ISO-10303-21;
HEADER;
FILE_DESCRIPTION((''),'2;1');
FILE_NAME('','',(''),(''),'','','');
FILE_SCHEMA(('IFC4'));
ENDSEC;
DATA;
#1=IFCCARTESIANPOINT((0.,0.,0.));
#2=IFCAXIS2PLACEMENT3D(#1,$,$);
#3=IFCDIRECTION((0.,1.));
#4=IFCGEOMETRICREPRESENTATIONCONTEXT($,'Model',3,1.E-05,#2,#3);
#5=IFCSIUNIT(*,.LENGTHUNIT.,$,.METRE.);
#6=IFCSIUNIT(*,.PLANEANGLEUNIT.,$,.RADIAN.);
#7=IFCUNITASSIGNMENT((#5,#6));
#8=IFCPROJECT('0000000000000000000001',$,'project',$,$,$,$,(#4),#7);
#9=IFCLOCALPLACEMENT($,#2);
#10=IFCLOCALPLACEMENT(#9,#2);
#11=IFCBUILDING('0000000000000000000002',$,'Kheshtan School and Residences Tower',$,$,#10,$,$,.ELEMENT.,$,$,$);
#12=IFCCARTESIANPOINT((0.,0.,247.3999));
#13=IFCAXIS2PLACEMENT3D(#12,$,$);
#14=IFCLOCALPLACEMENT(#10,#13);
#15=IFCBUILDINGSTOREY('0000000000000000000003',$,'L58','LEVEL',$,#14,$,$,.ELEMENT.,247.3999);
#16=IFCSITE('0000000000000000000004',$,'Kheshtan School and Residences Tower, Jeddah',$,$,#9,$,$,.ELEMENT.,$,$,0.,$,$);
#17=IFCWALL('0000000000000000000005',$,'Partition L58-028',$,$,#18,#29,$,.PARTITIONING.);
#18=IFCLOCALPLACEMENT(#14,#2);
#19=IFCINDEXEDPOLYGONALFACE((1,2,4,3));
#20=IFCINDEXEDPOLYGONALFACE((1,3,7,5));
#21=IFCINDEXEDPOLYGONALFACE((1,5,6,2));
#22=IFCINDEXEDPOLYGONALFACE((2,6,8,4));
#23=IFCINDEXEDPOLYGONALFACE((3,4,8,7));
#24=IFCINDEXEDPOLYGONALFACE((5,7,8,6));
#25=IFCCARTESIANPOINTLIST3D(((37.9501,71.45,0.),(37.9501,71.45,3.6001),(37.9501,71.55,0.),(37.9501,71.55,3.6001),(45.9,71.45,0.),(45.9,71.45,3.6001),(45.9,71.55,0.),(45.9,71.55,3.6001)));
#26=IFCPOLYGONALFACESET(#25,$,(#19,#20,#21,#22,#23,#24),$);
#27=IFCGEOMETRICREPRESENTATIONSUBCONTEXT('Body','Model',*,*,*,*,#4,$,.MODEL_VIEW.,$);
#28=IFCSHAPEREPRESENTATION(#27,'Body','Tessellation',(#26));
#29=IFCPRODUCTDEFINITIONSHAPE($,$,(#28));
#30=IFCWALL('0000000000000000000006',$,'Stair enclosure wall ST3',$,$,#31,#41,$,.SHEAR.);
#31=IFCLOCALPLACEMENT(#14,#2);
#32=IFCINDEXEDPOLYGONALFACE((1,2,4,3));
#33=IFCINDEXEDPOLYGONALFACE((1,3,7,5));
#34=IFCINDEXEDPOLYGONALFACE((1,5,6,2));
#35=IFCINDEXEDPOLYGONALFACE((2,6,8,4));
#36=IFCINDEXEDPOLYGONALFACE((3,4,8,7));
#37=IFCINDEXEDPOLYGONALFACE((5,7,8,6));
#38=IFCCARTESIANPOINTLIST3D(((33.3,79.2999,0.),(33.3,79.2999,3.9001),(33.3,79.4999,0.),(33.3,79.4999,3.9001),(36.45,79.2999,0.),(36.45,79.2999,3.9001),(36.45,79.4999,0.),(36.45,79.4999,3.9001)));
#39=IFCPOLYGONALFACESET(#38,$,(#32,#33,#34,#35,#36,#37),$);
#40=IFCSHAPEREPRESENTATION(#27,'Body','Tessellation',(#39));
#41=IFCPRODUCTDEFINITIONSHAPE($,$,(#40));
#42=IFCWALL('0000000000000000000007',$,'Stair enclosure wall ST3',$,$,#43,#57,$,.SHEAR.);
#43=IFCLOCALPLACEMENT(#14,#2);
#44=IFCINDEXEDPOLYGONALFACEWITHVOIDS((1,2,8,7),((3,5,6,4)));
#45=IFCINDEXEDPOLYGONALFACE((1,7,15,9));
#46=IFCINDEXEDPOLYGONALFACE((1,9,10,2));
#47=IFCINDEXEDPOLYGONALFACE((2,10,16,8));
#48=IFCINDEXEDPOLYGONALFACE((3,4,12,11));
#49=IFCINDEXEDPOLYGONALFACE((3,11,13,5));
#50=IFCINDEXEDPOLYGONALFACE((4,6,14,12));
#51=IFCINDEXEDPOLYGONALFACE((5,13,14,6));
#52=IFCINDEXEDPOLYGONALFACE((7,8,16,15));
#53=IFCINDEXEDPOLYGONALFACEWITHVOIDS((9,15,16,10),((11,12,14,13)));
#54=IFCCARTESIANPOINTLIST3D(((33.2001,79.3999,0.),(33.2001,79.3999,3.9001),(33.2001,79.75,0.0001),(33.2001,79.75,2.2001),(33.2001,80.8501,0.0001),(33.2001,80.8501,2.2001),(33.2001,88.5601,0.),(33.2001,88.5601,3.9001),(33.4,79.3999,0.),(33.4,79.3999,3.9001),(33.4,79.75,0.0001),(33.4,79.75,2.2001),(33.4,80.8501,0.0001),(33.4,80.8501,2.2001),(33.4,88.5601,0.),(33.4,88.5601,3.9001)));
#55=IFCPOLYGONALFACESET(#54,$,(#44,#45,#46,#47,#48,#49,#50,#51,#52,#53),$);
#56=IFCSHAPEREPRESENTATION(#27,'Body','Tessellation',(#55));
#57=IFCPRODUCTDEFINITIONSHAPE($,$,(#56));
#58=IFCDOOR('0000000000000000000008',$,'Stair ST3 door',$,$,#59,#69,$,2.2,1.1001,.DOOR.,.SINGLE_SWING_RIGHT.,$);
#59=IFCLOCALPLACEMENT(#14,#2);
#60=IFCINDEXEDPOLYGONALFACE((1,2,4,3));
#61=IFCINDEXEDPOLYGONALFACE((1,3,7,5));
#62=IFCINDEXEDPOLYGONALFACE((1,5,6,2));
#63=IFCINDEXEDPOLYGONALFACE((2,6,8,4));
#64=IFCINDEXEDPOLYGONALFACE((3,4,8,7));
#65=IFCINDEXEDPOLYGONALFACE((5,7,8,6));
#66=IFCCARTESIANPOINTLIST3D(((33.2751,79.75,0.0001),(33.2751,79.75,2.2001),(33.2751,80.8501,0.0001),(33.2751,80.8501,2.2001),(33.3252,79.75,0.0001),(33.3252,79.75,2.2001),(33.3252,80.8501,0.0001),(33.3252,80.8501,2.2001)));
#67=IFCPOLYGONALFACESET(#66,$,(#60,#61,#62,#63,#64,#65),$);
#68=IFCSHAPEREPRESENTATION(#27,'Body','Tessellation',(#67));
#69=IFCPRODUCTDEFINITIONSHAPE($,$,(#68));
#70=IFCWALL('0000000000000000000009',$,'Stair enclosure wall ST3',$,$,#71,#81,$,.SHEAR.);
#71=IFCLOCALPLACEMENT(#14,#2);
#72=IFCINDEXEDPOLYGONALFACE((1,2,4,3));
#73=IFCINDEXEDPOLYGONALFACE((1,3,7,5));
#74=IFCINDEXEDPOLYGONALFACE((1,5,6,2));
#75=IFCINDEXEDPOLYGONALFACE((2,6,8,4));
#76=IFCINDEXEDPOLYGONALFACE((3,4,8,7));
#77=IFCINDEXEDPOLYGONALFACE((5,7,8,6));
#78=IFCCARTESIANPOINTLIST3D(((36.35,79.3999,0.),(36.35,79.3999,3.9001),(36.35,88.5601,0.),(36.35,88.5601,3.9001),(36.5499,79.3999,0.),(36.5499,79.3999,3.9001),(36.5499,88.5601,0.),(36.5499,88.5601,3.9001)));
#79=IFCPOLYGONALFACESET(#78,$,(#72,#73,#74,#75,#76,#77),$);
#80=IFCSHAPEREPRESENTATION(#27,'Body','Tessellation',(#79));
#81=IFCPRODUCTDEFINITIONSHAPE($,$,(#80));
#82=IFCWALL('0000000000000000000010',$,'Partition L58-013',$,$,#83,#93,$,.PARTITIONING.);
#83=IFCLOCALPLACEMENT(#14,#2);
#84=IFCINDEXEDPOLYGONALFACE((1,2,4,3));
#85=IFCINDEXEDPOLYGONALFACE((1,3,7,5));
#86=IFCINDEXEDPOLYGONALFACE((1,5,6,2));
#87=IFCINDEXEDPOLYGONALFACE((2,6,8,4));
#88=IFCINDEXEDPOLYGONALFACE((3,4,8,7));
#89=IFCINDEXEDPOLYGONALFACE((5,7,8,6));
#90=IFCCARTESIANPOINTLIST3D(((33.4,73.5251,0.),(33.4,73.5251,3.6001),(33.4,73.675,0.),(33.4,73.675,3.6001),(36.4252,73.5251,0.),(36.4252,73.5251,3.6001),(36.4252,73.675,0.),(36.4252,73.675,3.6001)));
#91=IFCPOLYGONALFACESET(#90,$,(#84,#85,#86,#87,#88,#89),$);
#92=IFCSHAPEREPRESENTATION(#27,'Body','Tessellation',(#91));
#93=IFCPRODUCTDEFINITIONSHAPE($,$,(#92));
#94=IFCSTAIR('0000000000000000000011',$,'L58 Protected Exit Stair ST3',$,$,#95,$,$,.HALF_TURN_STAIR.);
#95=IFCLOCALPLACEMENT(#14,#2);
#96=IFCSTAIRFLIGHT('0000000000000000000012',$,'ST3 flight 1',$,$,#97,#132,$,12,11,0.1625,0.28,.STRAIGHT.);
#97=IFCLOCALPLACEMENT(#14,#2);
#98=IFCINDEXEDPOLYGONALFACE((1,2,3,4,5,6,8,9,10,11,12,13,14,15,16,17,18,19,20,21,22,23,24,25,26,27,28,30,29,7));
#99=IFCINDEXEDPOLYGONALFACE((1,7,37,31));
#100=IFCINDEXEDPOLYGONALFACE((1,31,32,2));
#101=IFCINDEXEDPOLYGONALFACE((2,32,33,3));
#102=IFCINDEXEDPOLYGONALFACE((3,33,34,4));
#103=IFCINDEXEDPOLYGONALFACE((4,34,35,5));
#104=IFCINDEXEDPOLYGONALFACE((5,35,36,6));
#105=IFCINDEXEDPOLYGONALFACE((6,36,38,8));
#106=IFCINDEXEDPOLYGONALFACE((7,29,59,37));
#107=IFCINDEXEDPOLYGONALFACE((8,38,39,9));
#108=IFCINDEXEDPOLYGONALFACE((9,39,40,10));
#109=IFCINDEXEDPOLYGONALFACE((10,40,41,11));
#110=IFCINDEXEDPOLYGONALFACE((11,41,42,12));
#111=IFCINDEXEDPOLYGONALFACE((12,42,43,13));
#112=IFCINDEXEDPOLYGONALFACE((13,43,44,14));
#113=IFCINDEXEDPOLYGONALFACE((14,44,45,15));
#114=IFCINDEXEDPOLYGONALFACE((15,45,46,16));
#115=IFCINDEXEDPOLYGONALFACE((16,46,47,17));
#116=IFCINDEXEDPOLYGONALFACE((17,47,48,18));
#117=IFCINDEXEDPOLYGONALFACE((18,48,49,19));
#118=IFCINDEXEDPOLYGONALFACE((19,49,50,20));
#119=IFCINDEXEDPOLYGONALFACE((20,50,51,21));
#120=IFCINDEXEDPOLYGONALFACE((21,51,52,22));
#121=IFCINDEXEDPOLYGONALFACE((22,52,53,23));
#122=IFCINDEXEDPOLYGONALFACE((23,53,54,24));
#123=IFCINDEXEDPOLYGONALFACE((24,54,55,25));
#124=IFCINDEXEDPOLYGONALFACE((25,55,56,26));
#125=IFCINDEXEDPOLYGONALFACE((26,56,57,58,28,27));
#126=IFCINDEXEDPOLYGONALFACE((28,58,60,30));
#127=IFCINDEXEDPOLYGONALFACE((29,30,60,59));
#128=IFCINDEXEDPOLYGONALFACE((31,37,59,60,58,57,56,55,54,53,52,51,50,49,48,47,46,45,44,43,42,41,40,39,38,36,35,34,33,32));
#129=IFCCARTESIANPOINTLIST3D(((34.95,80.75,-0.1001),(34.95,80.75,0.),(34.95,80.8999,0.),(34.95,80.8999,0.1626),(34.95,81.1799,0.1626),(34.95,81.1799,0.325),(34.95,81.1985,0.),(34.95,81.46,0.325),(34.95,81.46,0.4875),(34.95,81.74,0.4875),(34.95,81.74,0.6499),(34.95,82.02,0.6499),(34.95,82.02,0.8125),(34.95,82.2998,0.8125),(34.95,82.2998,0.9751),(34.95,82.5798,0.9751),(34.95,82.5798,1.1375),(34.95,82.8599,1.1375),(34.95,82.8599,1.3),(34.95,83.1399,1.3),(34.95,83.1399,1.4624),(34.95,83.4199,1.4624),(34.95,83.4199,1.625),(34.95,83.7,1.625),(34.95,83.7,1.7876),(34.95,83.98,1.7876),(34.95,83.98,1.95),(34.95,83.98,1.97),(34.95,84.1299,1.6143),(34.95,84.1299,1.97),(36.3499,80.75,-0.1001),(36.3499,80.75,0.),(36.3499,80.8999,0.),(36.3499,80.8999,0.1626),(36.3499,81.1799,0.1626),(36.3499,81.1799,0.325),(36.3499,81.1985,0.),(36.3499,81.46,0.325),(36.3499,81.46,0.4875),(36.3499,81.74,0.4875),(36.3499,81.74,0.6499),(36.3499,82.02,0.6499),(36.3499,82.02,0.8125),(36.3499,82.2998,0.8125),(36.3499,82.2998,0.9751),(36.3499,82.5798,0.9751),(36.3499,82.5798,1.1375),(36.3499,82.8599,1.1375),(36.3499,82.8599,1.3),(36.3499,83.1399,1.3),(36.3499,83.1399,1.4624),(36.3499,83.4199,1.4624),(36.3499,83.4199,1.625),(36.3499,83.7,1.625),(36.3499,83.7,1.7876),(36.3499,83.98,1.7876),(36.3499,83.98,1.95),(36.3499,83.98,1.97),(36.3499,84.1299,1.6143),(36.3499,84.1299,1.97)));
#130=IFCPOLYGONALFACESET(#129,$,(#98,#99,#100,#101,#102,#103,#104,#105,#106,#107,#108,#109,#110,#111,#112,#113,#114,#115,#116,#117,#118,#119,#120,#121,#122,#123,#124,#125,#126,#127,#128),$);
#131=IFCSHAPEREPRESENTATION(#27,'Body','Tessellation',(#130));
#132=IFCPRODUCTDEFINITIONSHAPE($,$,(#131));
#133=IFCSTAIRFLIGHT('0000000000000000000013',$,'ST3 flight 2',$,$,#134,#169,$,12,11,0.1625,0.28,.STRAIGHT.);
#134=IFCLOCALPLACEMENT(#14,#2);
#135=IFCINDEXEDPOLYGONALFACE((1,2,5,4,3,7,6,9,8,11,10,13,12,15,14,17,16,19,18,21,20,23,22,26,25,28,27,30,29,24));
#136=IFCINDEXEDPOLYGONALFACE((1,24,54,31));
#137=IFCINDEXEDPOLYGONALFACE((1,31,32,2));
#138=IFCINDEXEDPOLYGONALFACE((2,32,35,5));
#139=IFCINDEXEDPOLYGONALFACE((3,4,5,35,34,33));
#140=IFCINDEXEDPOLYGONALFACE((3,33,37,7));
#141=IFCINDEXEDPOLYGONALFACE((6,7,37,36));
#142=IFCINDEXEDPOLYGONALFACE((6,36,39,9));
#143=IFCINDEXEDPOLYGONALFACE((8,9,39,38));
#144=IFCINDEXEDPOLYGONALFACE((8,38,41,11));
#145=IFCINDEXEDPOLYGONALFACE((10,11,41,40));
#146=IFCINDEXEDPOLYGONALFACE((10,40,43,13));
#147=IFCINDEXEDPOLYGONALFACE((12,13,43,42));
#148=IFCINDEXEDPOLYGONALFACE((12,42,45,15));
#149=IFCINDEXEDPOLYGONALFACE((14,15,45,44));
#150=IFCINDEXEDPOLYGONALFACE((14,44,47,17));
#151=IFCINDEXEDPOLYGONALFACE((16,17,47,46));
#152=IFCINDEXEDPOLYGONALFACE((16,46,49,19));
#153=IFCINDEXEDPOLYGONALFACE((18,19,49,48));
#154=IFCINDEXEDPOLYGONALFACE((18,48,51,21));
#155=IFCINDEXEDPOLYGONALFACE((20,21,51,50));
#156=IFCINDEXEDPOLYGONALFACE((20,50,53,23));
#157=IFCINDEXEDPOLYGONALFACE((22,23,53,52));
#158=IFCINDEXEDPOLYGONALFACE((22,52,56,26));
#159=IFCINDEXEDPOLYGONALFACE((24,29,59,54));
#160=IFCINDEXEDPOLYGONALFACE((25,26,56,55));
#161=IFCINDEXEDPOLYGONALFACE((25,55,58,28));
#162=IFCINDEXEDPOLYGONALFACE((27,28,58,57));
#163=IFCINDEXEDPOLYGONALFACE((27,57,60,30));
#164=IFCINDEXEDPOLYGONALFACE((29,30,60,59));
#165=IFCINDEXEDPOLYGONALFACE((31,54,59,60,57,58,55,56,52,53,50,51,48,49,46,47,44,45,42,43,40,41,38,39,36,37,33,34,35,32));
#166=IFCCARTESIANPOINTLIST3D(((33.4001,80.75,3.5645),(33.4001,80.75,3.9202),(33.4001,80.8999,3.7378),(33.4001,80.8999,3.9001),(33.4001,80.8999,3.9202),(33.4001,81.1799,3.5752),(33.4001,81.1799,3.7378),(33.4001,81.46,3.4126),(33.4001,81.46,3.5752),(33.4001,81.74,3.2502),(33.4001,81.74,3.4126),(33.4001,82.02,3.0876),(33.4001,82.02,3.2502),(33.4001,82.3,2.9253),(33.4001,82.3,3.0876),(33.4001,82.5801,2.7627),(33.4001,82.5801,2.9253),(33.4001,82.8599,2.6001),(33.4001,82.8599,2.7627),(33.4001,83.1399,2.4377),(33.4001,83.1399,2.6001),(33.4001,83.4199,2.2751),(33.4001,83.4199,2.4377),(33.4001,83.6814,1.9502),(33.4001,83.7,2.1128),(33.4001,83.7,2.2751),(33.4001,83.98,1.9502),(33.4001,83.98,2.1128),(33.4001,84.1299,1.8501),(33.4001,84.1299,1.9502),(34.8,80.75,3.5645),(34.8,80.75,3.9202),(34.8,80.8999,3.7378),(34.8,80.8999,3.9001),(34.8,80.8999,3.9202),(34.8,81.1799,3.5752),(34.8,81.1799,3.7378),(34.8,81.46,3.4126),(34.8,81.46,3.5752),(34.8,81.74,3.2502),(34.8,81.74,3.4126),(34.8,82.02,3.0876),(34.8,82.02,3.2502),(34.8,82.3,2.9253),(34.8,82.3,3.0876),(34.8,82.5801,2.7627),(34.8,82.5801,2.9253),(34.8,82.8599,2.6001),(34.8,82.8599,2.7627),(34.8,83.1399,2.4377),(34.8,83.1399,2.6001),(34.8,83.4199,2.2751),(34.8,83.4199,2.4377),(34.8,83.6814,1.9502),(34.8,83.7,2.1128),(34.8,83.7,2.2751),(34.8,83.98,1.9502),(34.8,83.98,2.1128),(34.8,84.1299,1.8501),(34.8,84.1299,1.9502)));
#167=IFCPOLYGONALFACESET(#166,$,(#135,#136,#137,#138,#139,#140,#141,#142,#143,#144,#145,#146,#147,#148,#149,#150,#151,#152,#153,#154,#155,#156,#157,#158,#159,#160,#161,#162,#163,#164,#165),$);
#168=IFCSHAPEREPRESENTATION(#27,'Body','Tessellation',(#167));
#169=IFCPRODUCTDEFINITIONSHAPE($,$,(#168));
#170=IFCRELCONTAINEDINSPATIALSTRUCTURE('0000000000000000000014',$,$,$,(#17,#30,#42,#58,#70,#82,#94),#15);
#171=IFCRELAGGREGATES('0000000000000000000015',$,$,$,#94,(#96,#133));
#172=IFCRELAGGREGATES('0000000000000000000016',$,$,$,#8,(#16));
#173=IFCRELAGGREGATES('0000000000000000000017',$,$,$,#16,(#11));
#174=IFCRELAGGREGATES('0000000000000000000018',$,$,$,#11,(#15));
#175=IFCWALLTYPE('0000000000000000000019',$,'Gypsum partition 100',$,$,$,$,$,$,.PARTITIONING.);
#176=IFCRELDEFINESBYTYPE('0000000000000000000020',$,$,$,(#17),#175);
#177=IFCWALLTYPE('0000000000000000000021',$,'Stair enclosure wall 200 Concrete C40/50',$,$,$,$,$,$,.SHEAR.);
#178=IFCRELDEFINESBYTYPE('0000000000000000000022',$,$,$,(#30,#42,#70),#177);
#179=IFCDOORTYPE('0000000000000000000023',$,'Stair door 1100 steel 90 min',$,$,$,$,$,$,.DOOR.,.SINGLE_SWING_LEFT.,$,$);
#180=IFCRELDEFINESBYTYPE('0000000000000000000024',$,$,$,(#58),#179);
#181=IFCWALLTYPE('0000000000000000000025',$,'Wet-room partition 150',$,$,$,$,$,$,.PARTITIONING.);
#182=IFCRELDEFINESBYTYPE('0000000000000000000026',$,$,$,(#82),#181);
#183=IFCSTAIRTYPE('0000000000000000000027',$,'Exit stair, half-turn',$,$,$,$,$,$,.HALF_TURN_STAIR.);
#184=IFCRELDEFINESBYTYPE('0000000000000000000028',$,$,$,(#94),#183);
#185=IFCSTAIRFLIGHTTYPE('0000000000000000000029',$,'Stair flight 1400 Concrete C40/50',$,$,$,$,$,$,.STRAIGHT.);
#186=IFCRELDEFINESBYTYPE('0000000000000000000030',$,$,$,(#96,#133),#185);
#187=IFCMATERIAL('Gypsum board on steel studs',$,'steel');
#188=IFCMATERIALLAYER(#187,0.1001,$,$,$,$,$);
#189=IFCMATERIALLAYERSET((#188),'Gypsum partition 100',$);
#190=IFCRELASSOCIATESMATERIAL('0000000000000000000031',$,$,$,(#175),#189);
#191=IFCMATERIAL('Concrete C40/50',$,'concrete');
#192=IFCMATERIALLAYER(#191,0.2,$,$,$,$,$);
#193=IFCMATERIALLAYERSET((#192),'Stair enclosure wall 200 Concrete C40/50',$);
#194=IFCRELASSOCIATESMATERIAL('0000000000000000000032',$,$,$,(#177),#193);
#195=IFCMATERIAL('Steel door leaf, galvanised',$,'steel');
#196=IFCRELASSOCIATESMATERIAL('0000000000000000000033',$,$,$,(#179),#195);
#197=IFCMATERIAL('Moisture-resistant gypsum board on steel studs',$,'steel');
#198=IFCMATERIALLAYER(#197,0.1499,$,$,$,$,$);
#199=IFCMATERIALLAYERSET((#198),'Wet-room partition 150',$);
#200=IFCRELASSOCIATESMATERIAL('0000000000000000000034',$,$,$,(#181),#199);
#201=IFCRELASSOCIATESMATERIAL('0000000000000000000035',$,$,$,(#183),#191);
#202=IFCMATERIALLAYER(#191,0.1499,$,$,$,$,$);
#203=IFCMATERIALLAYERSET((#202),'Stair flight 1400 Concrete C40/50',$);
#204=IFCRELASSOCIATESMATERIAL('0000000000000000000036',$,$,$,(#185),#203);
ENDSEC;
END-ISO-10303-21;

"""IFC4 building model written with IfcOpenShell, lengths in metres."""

from ifc_helpers import new_model, si_unit, direction, frame, frame_2d, origin, place, context, subcontext, project, spatial, polyline, rectangle, outline, extrude, source, transform, mapped, material, layer, layer_set, type_object, element, fill, aggregate, save


model = new_model("IFC4")

# Units and contexts
model_context = context("Model", 3, precision=1e-05, world=origin(), true_north=direction((0.0, 1.0)))
body_context = subcontext(model_context, "Body", "Model", "MODEL_VIEW")
ifc_project = project(units=[si_unit("LENGTHUNIT", "METRE"), si_unit("PLANEANGLEUNIT", "RADIAN")], contexts=[model_context])

# Site, building, storey
site_placement = place(None, origin())
site = spatial("IfcSite", under=ifc_project, at=site_placement, Name="Kheshtan School and Residences Tower, Jeddah", CompositionType="ELEMENT", RefElevation=0.0)
building_placement = place(site_placement, origin())
building = spatial("IfcBuilding", under=site, at=building_placement, Name="Kheshtan School and Residences Tower", CompositionType="ELEMENT")
storey_placement = place(building_placement, frame((0.0, 0.0, 247.3999)))
storey = spatial("IfcBuildingStorey", under=building, at=storey_placement, Name="L58", Description="LEVEL", CompositionType="ELEMENT", Elevation=247.3999)

# Walls
ifc_material_1 = material(Name="Gypsum board on steel studs", Category="steel")
ifc_layer_1 = layer(ifc_material_1, 0.1001)
ifc_layer_set_1 = layer_set([ifc_layer_1], Name="Gypsum partition 100")
wall_type_1 = type_object("IfcWallType", Name="Gypsum partition 100", PredefinedType="PARTITIONING", material=ifc_layer_set_1)
wall_1_placement = place(storey_placement, frame((37.95, 71.5, 0.0), z_axis=(0.0, 0.0, 1.0), x_axis=(1.0, 0.0, 0.0)))
element("IfcWall", 1, at=wall_1_placement, inside=storey, type_object=wall_type_1, Name="Partition L58-028", PredefinedType="PARTITIONING", context=body_context, shape_type="SweptSolid", body=[
    extrude(rectangle(XDim=7.95, YDim=0.1001, at=frame_2d((3.9751, 0.0))), origin(), (0.0, 0.0, 1.0), 3.6001),
])
ifc_material_2 = material(Name="Concrete C40/50", Category="concrete")
ifc_layer_2 = layer(ifc_material_2, 0.2)
ifc_layer_set_2 = layer_set([ifc_layer_2], Name="Stair enclosure wall 200 Concrete C40/50")
wall_type_2 = type_object("IfcWallType", Name="Stair enclosure wall 200 Concrete C40/50", PredefinedType="SHEAR", material=ifc_layer_set_2)
wall_2_placement = place(storey_placement, frame((33.3, 79.3999, 0.0), z_axis=(0.0, 0.0, 1.0), x_axis=(1.0, 0.0, 0.0)))
element("IfcWall", 2, at=wall_2_placement, inside=storey, type_object=wall_type_2, Name="Stair enclosure wall ST3", PredefinedType="SHEAR", context=body_context, shape_type="SweptSolid", body=[
    extrude(rectangle(XDim=3.1499, YDim=0.2, at=frame_2d((1.575, 0.0))), origin(), (0.0, 0.0, 1.0), 3.9001),
])

# Wall, opening, door
wall_3_placement = place(storey_placement, frame((33.3, 79.3999, 0.0), z_axis=(0.0, 0.0, 1.0), x_axis=(0.0, 1.0, 0.0)))
wall_3 = element("IfcWall", 3, at=wall_3_placement, inside=storey, type_object=wall_type_2, Name="Stair enclosure wall ST3", PredefinedType="SHEAR", context=body_context, shape_type="SweptSolid", body=[
    extrude(rectangle(XDim=9.1602, YDim=0.2, at=frame_2d((4.5801, 0.0))), origin(), (0.0, 0.0, 1.0), 3.9001),
])
opening_1_placement = place(wall_3_placement, frame((0.3501, 0.0, 0.0)))
opening_1 = element("IfcOpeningElement", 4, at=opening_1_placement, cuts=wall_3, PredefinedType="OPENING", context=body_context, shape_type="SweptSolid", body=[
    extrude(rectangle(XDim=1.1001, YDim=2.2, at=frame_2d((0.55, 1.1001))), frame((0.0, 0.1099, 0.0), z_axis=(0.0, -1.0, 0.0), x_axis=(1.0, 0.0, 0.0)), (0.0, 0.0, 1.0), 0.22),
])
ifc_material_3 = material(Name="Steel door leaf, galvanised", Category="steel")
door_type_1 = type_object("IfcDoorType", Name="Stair door 1100 steel 90 min", OperationType="SINGLE_SWING_LEFT", PredefinedType="DOOR", material=ifc_material_3)
shared_shape_1 = source(origin(), body_context, "Body", "SweptSolid", [
    extrude(rectangle(XDim=1.1001, YDim=2.2, at=frame_2d((0.55, 1.1001))), frame((0.0, 0.0249, 0.0), z_axis=(0.0, -1.0, 0.0), x_axis=(1.0, 0.0, 0.0)), (0.0, 0.0, 1.0), 0.05),
])
door_1_placement = place(opening_1_placement, origin())
door_1 = element("IfcDoor", 5, at=door_1_placement, inside=storey, type_object=door_type_1, Name="Stair ST3 door", OperationType="SINGLE_SWING_RIGHT", OverallHeight=2.2, OverallWidth=1.1001, PredefinedType="DOOR", context=body_context, shape_type="MappedRepresentation", body=[
    mapped(shared_shape_1, transform((0.0, 0.0, 0.0), x_axis=(1.0, 0.0, 0.0), y_axis=(0.0, 1.0, 0.0), z_axis=(0.0, 0.0, 1.0), scale=1.0)),
])
fill(opening_1, door_1)

# Walls
wall_4_placement = place(storey_placement, frame((36.45, 79.3999, 0.0), z_axis=(0.0, 0.0, 1.0), x_axis=(0.0, 1.0, 0.0)))
element("IfcWall", 6, at=wall_4_placement, inside=storey, type_object=wall_type_2, Name="Stair enclosure wall ST3", PredefinedType="SHEAR", context=body_context, shape_type="SweptSolid", body=[
    extrude(rectangle(XDim=9.1602, YDim=0.2, at=frame_2d((4.5801, 0.0))), origin(), (0.0, 0.0, 1.0), 3.9001),
])
ifc_material_4 = material(Name="Moisture-resistant gypsum board on steel studs", Category="steel")
ifc_layer_3 = layer(ifc_material_4, 0.1499)
ifc_layer_set_3 = layer_set([ifc_layer_3], Name="Wet-room partition 150")
wall_type_3 = type_object("IfcWallType", Name="Wet-room partition 150", PredefinedType="PARTITIONING", material=ifc_layer_set_3)
wall_5_placement = place(storey_placement, frame((33.3999, 73.6001, 0.0), z_axis=(0.0, 0.0, 1.0), x_axis=(1.0, 0.0, 0.0)))
element("IfcWall", 7, at=wall_5_placement, inside=storey, type_object=wall_type_3, Name="Partition L58-013", PredefinedType="PARTITIONING", context=body_context, shape_type="SweptSolid", body=[
    extrude(rectangle(XDim=3.0251, YDim=0.1499, at=frame_2d((1.5127, 0.0))), origin(), (0.0, 0.0, 1.0), 3.6001),
])

# Stair, stair flights
stair_type = type_object("IfcStairType", Name="Exit stair, half-turn", PredefinedType="HALF_TURN_STAIR", material=ifc_material_2)
stair_placement = place(storey_placement, origin())
stair = element("IfcStair", 8, at=stair_placement, inside=storey, type_object=stair_type, Name="L58 Protected Exit Stair ST3", PredefinedType="HALF_TURN_STAIR")
ifc_layer_4 = layer(ifc_material_2, 0.1499)
ifc_layer_set_4 = layer_set([ifc_layer_4], Name="Stair flight 1400 Concrete C40/50")
stair_flight_type = type_object("IfcStairFlightType", Name="Stair flight 1400 Concrete C40/50", PredefinedType="STRAIGHT", material=ifc_layer_set_4)
stair_flight_1_placement = place(storey_placement, frame((35.6499, 80.8999, 0.0), z_axis=(0.0, 0.0, 1.0), x_axis=(0.0, 1.0, 0.0)))
stair_flight_1 = element("IfcStairFlight", 9, at=stair_flight_1_placement, type_object=stair_flight_type, Name="ST3 flight 1", NumberOfRisers=12, NumberOfTreads=11, PredefinedType="STRAIGHT", RiserHeight=0.1625, TreadLength=0.28, context=body_context, shape_type="SweptSolid", body=[
    extrude(outline(polyline([(-0.1499, -0.1001), (-0.1499, 0.0), (0.0, 0.0), (0.0, 0.1626), (0.28, 0.1626), (0.28, 0.325), (0.5601, 0.325), (0.5601, 0.4875), (0.8401, 0.4875), (0.8401, 0.6499), (1.1201, 0.6499), (1.1201, 0.8125), (1.3999, 0.8125), (1.3999, 0.9751), (1.6799, 0.9751), (1.6799, 1.1375), (1.96, 1.1375), (1.96, 1.3), (2.24, 1.3), (2.24, 1.4624), (2.52, 1.4624), (2.52, 1.625), (2.8, 1.625), (2.8, 1.7876), (3.0801, 1.7876), (3.0801, 1.95), (3.0801, 1.97), (3.23, 1.97), (3.23, 1.6143), (0.2986, 0.0), (-0.1499, -0.1001)])), frame((0.0, 0.7, 0.0), z_axis=(0.0, -1.0, 0.0), x_axis=(1.0, 0.0, 0.0)), (0.0, 0.0, 1.0), 1.3999),
])
stair_flight_2_placement = place(storey_placement, frame((34.1001, 83.98, 1.9502), z_axis=(0.0, 0.0, 1.0), x_axis=(0.0, -1.0, 0.0)))
stair_flight_2 = element("IfcStairFlight", 10, at=stair_flight_2_placement, type_object=stair_flight_type, Name="ST3 flight 2", NumberOfRisers=12, NumberOfTreads=11, PredefinedType="STRAIGHT", RiserHeight=0.1625, TreadLength=0.28, context=body_context, shape_type="SweptSolid", body=[
    extrude(outline(polyline([(-0.1499, -0.1001), (-0.1499, 0.0), (0.0, 0.0), (0.0, 0.1626), (0.28, 0.1626), (0.28, 0.325), (0.5601, 0.325), (0.5601, 0.4875), (0.8401, 0.4875), (0.8401, 0.6499), (1.1201, 0.6499), (1.1201, 0.8125), (1.3999, 0.8125), (1.3999, 0.9751), (1.6799, 0.9751), (1.6799, 1.1375), (1.96, 1.1375), (1.96, 1.3), (2.24, 1.3), (2.24, 1.4624), (2.52, 1.4624), (2.52, 1.625), (2.8, 1.625), (2.8, 1.7876), (3.0801, 1.7876), (3.0801, 1.95), (3.0801, 1.97), (3.23, 1.97), (3.23, 1.6143), (0.2986, 0.0), (-0.1499, -0.1001)])), frame((0.0, 0.7, 0.0), z_axis=(0.0, -1.0, 0.0), x_axis=(1.0, 0.0, 0.0)), (0.0, 0.0, 1.0), 1.3999),
])
aggregate(stair, [stair_flight_1, stair_flight_2])

save(model, "model.ifc")
